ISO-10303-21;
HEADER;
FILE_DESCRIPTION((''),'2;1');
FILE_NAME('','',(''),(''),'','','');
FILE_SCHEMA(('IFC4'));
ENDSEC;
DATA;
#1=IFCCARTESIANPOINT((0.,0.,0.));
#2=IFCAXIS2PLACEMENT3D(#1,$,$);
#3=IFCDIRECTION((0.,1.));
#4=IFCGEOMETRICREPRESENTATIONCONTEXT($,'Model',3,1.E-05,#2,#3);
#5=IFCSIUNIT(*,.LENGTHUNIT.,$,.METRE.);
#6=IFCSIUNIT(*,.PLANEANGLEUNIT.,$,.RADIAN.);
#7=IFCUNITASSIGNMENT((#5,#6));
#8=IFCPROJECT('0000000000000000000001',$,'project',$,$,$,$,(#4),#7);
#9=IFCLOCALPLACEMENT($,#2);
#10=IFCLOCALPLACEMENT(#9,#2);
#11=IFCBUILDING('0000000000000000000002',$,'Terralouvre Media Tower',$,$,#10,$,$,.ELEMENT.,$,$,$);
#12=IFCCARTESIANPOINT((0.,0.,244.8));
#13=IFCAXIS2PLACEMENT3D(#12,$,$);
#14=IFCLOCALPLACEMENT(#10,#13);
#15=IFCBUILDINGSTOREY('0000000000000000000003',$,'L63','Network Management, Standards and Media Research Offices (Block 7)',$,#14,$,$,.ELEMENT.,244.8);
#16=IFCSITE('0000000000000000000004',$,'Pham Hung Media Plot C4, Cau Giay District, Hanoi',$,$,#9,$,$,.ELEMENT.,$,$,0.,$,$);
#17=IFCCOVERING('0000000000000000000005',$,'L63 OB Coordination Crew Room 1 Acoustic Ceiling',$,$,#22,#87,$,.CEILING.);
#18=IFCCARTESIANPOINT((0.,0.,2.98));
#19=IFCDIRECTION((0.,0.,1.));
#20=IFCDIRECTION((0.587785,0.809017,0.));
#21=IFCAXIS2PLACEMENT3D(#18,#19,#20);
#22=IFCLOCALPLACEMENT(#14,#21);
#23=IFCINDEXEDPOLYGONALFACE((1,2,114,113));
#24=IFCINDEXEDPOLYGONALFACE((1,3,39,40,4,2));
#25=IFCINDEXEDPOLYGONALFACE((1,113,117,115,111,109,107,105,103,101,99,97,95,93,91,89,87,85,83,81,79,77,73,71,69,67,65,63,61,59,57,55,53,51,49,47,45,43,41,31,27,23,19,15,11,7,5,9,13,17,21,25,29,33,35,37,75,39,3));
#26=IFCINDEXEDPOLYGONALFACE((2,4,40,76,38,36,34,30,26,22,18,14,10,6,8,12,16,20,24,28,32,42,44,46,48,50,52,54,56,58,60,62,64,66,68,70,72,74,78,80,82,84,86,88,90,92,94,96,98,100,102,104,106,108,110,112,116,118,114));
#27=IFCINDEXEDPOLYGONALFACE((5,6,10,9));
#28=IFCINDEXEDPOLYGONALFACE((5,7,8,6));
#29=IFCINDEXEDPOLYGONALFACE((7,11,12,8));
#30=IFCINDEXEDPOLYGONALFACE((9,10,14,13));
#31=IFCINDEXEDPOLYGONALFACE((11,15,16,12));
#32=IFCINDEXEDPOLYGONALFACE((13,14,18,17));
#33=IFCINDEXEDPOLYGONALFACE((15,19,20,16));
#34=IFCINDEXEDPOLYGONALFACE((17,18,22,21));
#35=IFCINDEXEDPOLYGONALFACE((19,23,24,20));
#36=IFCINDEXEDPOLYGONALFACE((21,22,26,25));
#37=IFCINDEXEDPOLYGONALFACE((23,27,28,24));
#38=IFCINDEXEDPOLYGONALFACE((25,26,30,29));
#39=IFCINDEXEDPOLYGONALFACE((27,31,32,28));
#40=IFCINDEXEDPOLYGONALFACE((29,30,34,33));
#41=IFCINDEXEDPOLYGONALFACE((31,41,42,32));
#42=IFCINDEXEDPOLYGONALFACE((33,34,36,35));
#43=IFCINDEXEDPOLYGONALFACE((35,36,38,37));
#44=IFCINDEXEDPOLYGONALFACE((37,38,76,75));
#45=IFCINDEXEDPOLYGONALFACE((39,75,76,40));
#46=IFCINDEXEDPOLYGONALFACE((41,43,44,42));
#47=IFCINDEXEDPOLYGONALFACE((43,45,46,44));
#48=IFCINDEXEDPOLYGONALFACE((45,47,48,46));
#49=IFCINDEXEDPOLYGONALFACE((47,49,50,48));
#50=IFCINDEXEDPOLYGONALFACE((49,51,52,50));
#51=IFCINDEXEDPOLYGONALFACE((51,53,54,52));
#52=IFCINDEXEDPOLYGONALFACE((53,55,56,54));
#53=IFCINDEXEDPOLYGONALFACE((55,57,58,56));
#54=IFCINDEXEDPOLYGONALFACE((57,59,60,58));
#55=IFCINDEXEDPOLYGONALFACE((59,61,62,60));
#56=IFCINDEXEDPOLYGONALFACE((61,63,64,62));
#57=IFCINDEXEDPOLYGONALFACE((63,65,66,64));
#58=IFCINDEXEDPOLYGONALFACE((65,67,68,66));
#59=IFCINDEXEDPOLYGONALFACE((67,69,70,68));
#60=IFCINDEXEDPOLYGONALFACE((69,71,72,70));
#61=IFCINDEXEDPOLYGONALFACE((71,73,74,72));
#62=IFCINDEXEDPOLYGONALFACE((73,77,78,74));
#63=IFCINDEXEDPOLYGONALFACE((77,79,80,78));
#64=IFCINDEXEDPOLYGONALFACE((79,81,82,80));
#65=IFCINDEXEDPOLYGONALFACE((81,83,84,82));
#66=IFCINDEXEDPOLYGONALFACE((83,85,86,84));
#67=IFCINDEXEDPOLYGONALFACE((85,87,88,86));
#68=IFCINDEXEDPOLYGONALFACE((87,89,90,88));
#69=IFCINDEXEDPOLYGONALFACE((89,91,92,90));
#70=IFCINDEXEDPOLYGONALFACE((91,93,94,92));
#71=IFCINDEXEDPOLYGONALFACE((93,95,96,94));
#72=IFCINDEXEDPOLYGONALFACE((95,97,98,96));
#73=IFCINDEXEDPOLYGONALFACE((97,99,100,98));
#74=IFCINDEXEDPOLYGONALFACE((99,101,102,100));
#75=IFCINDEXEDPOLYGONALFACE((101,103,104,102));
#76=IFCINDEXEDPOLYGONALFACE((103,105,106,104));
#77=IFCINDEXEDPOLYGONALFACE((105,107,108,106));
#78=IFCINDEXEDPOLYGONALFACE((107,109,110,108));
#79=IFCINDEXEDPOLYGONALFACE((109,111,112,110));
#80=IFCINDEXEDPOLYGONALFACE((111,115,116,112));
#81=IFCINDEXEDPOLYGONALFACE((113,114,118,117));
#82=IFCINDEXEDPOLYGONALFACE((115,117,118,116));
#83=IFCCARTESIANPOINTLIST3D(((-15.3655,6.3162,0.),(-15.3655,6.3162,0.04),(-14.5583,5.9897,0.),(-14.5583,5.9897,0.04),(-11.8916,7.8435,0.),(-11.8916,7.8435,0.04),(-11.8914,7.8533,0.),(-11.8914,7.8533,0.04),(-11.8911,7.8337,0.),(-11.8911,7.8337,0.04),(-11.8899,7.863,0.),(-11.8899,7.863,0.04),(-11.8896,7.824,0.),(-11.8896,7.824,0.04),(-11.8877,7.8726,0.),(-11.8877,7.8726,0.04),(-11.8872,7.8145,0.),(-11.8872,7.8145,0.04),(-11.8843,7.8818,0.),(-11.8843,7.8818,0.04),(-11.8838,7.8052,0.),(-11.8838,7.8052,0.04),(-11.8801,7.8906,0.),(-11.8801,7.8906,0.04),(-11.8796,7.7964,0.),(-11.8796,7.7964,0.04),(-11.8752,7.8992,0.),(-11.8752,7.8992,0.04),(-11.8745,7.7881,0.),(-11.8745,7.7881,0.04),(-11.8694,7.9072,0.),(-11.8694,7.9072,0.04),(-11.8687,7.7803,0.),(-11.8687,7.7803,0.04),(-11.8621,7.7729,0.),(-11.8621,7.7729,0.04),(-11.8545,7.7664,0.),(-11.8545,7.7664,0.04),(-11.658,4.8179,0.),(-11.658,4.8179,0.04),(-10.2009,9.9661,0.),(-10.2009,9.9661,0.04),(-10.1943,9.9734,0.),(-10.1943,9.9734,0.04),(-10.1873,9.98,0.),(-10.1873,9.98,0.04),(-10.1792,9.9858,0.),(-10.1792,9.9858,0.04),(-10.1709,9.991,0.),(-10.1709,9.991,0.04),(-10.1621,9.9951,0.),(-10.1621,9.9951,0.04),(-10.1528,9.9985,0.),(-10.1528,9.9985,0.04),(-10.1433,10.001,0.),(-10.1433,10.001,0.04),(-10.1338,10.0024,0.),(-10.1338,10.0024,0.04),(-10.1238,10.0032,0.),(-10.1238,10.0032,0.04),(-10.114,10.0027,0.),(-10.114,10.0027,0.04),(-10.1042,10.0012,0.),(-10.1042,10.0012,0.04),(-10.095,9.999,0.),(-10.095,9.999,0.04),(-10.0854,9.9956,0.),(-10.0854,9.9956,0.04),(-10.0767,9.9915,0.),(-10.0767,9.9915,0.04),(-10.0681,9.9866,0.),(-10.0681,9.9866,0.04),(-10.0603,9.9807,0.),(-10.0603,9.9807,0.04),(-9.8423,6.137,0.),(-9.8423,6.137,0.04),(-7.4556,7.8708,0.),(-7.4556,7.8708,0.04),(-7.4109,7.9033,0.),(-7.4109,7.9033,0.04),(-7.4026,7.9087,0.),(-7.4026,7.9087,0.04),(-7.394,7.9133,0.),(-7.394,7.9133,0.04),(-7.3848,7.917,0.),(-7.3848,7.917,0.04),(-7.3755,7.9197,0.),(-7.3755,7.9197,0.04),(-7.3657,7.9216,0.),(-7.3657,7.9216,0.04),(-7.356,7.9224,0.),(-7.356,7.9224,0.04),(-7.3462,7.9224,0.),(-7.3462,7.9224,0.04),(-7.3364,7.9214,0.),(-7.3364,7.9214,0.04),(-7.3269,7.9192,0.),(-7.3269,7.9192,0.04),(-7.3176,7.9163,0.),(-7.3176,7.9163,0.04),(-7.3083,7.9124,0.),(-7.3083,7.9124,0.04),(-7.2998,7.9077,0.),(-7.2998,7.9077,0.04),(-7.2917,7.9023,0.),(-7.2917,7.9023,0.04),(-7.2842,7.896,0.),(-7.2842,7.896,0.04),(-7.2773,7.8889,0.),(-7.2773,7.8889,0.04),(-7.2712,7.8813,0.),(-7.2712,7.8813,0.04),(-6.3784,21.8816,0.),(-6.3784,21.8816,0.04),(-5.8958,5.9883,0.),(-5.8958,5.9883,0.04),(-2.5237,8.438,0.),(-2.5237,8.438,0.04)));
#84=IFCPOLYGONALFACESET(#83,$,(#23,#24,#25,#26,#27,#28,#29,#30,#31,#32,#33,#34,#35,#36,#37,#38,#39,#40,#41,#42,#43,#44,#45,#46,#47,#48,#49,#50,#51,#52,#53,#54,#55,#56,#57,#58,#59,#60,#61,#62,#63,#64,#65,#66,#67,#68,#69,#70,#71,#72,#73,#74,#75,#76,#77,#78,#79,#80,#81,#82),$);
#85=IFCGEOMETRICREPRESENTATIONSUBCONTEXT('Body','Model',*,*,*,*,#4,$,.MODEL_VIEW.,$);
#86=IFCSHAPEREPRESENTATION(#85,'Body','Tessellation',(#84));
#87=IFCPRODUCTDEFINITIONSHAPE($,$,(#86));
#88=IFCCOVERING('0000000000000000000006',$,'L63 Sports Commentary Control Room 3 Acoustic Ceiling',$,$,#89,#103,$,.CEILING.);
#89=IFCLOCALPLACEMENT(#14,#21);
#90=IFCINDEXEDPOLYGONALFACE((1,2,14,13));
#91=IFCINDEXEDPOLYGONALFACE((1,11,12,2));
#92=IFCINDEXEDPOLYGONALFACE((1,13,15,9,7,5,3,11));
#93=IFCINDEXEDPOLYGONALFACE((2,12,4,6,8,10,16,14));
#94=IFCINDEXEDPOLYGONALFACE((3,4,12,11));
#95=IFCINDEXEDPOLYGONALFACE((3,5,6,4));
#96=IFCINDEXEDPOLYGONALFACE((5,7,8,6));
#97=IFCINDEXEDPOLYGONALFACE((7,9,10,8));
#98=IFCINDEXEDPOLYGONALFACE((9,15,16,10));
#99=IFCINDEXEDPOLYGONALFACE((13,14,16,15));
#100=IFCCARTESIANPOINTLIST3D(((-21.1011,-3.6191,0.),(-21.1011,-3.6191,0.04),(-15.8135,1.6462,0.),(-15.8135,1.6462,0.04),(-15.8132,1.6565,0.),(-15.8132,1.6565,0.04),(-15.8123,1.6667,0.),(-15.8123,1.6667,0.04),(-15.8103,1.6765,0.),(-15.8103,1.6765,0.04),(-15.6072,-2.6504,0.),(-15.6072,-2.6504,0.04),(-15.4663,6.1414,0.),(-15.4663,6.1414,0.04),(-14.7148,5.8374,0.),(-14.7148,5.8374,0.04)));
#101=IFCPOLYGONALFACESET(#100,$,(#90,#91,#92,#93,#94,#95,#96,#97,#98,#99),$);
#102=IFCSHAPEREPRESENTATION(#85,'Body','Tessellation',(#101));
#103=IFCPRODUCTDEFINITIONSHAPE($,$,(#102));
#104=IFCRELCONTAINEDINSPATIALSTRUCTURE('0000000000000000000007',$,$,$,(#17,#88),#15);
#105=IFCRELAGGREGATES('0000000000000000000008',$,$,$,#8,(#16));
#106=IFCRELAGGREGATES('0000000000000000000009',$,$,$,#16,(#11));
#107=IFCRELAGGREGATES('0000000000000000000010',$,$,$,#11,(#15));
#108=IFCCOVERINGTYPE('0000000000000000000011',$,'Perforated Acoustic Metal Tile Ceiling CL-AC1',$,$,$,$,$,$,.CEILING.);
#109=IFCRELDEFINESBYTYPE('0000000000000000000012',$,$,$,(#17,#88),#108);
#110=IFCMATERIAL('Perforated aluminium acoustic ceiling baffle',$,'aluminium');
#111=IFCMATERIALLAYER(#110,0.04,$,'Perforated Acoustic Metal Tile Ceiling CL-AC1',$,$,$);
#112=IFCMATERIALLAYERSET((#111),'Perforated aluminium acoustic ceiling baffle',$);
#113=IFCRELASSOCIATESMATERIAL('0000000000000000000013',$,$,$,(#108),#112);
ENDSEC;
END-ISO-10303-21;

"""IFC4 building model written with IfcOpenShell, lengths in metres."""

from ifc_helpers import new_model, si_unit, direction, frame, origin, place, context, subcontext, project, spatial, polyline, outline, extrude, material, layer, layer_set, type_object, element, save


model = new_model("IFC4")

# Units and contexts
model_context = context("Model", 3, precision=1e-05, world=origin(), true_north=direction((0.0, 1.0)))
body_context = subcontext(model_context, "Body", "Model", "MODEL_VIEW")
ifc_project = project(units=[si_unit("LENGTHUNIT", "METRE"), si_unit("PLANEANGLEUNIT", "RADIAN")], contexts=[model_context])

# Site, building, storey
site_placement = place(None, origin())
site = spatial("IfcSite", under=ifc_project, at=site_placement, Name="Pham Hung Media Plot C4, Cau Giay District, Hanoi", CompositionType="ELEMENT", RefElevation=0.0)
building_placement = place(site_placement, origin())
building = spatial("IfcBuilding", under=site, at=building_placement, Name="Terralouvre Media Tower", CompositionType="ELEMENT")
storey_placement = place(building_placement, frame((0.0, 0.0, 244.8)))
storey = spatial("IfcBuildingStorey", under=building, at=storey_placement, Name="L63", Description="Network Management, Standards and Media Research Offices (Block 7)", CompositionType="ELEMENT", Elevation=244.8)

# Coverings
ifc_material_1 = material(Name="Perforated aluminium acoustic ceiling baffle", Category="aluminium")
ifc_layer_1 = layer(ifc_material_1, 0.04, Name="Perforated Acoustic Metal Tile Ceiling CL-AC1")
ifc_layer_set_1 = layer_set([ifc_layer_1], Name="Perforated aluminium acoustic ceiling baffle")
covering_type_1 = type_object("IfcCoveringType", Name="Perforated Acoustic Metal Tile Ceiling CL-AC1", PredefinedType="CEILING", material=ifc_layer_set_1)
covering_1_placement = place(storey_placement, frame((0.0, 0.0, 2.98), z_axis=(0.0, 0.0, 1.0), x_axis=(0.587785, 0.809017, 0.0)))
element("IfcCovering", 1, at=covering_1_placement, inside=storey, type_object=covering_type_1, Name="L63 OB Coordination Crew Room 1 Acoustic Ceiling", PredefinedType="CEILING", context=body_context, shape_type="SweptSolid", body=[
    extrude(outline(polyline([(-11.658, 4.8179), (-9.8423, 6.137), (-11.8545, 7.7664), (-11.8621, 7.7729), (-11.8687, 7.7803), (-11.8745, 7.7881), (-11.8796, 7.7964), (-11.8838, 7.8052), (-11.8872, 7.8145), (-11.8896, 7.824), (-11.8911, 7.8337), (-11.8916, 7.8435), (-11.8914, 7.8533), (-11.8899, 7.863), (-11.8877, 7.8726), (-11.8843, 7.8818), (-11.8801, 7.8906), (-11.8752, 7.8992), (-11.8694, 7.9072), (-10.2009, 9.9661), (-10.1943, 9.9734), (-10.1873, 9.98), (-10.1792, 9.9858), (-10.1709, 9.991), (-10.1621, 9.9951), (-10.1528, 9.9985), (-10.1433, 10.001), (-10.1338, 10.0024), (-10.1238, 10.0032), (-10.114, 10.0027), (-10.1042, 10.0012), (-10.095, 9.999), (-10.0854, 9.9956), (-10.0767, 9.9915), (-10.0681, 9.9866), (-10.0603, 9.9807), (-7.4556, 7.8708), (-7.4109, 7.9033), (-7.4026, 7.9087), (-7.394, 7.9133), (-7.3848, 7.917), (-7.3755, 7.9197), (-7.3657, 7.9216), (-7.356, 7.9224), (-7.3462, 7.9224), (-7.3364, 7.9214), (-7.3269, 7.9192), (-7.3176, 7.9163), (-7.3083, 7.9124), (-7.2998, 7.9077), (-7.2917, 7.9023), (-7.2842, 7.896), (-7.2773, 7.8889), (-7.2712, 7.8813), (-5.8958, 5.9883), (-2.5237, 8.438), (-6.3784, 21.8816), (-15.3655, 6.3162), (-14.5583, 5.9897), (-11.658, 4.8179)])), origin(), (0.0, 0.0, 1.0), 0.04),
])
covering_2_placement = place(storey_placement, frame((0.0, 0.0, 2.98), z_axis=(0.0, 0.0, 1.0), x_axis=(0.587785, 0.809017, 0.0)))
element("IfcCovering", 2, at=covering_2_placement, inside=storey, type_object=covering_type_1, Name="L63 Sports Commentary Control Room 3 Acoustic Ceiling", PredefinedType="CEILING", context=body_context, shape_type="SweptSolid", body=[
    extrude(outline(polyline([(-15.8135, 1.6462), (-15.8132, 1.6565), (-15.8123, 1.6667), (-15.8103, 1.6765), (-14.7148, 5.8374), (-15.4663, 6.1414), (-21.1011, -3.6191), (-15.6072, -2.6504), (-15.8135, 1.6462)])), origin(), (0.0, 0.0, 1.0), 0.04),
])

save(model, "model.ifc")
